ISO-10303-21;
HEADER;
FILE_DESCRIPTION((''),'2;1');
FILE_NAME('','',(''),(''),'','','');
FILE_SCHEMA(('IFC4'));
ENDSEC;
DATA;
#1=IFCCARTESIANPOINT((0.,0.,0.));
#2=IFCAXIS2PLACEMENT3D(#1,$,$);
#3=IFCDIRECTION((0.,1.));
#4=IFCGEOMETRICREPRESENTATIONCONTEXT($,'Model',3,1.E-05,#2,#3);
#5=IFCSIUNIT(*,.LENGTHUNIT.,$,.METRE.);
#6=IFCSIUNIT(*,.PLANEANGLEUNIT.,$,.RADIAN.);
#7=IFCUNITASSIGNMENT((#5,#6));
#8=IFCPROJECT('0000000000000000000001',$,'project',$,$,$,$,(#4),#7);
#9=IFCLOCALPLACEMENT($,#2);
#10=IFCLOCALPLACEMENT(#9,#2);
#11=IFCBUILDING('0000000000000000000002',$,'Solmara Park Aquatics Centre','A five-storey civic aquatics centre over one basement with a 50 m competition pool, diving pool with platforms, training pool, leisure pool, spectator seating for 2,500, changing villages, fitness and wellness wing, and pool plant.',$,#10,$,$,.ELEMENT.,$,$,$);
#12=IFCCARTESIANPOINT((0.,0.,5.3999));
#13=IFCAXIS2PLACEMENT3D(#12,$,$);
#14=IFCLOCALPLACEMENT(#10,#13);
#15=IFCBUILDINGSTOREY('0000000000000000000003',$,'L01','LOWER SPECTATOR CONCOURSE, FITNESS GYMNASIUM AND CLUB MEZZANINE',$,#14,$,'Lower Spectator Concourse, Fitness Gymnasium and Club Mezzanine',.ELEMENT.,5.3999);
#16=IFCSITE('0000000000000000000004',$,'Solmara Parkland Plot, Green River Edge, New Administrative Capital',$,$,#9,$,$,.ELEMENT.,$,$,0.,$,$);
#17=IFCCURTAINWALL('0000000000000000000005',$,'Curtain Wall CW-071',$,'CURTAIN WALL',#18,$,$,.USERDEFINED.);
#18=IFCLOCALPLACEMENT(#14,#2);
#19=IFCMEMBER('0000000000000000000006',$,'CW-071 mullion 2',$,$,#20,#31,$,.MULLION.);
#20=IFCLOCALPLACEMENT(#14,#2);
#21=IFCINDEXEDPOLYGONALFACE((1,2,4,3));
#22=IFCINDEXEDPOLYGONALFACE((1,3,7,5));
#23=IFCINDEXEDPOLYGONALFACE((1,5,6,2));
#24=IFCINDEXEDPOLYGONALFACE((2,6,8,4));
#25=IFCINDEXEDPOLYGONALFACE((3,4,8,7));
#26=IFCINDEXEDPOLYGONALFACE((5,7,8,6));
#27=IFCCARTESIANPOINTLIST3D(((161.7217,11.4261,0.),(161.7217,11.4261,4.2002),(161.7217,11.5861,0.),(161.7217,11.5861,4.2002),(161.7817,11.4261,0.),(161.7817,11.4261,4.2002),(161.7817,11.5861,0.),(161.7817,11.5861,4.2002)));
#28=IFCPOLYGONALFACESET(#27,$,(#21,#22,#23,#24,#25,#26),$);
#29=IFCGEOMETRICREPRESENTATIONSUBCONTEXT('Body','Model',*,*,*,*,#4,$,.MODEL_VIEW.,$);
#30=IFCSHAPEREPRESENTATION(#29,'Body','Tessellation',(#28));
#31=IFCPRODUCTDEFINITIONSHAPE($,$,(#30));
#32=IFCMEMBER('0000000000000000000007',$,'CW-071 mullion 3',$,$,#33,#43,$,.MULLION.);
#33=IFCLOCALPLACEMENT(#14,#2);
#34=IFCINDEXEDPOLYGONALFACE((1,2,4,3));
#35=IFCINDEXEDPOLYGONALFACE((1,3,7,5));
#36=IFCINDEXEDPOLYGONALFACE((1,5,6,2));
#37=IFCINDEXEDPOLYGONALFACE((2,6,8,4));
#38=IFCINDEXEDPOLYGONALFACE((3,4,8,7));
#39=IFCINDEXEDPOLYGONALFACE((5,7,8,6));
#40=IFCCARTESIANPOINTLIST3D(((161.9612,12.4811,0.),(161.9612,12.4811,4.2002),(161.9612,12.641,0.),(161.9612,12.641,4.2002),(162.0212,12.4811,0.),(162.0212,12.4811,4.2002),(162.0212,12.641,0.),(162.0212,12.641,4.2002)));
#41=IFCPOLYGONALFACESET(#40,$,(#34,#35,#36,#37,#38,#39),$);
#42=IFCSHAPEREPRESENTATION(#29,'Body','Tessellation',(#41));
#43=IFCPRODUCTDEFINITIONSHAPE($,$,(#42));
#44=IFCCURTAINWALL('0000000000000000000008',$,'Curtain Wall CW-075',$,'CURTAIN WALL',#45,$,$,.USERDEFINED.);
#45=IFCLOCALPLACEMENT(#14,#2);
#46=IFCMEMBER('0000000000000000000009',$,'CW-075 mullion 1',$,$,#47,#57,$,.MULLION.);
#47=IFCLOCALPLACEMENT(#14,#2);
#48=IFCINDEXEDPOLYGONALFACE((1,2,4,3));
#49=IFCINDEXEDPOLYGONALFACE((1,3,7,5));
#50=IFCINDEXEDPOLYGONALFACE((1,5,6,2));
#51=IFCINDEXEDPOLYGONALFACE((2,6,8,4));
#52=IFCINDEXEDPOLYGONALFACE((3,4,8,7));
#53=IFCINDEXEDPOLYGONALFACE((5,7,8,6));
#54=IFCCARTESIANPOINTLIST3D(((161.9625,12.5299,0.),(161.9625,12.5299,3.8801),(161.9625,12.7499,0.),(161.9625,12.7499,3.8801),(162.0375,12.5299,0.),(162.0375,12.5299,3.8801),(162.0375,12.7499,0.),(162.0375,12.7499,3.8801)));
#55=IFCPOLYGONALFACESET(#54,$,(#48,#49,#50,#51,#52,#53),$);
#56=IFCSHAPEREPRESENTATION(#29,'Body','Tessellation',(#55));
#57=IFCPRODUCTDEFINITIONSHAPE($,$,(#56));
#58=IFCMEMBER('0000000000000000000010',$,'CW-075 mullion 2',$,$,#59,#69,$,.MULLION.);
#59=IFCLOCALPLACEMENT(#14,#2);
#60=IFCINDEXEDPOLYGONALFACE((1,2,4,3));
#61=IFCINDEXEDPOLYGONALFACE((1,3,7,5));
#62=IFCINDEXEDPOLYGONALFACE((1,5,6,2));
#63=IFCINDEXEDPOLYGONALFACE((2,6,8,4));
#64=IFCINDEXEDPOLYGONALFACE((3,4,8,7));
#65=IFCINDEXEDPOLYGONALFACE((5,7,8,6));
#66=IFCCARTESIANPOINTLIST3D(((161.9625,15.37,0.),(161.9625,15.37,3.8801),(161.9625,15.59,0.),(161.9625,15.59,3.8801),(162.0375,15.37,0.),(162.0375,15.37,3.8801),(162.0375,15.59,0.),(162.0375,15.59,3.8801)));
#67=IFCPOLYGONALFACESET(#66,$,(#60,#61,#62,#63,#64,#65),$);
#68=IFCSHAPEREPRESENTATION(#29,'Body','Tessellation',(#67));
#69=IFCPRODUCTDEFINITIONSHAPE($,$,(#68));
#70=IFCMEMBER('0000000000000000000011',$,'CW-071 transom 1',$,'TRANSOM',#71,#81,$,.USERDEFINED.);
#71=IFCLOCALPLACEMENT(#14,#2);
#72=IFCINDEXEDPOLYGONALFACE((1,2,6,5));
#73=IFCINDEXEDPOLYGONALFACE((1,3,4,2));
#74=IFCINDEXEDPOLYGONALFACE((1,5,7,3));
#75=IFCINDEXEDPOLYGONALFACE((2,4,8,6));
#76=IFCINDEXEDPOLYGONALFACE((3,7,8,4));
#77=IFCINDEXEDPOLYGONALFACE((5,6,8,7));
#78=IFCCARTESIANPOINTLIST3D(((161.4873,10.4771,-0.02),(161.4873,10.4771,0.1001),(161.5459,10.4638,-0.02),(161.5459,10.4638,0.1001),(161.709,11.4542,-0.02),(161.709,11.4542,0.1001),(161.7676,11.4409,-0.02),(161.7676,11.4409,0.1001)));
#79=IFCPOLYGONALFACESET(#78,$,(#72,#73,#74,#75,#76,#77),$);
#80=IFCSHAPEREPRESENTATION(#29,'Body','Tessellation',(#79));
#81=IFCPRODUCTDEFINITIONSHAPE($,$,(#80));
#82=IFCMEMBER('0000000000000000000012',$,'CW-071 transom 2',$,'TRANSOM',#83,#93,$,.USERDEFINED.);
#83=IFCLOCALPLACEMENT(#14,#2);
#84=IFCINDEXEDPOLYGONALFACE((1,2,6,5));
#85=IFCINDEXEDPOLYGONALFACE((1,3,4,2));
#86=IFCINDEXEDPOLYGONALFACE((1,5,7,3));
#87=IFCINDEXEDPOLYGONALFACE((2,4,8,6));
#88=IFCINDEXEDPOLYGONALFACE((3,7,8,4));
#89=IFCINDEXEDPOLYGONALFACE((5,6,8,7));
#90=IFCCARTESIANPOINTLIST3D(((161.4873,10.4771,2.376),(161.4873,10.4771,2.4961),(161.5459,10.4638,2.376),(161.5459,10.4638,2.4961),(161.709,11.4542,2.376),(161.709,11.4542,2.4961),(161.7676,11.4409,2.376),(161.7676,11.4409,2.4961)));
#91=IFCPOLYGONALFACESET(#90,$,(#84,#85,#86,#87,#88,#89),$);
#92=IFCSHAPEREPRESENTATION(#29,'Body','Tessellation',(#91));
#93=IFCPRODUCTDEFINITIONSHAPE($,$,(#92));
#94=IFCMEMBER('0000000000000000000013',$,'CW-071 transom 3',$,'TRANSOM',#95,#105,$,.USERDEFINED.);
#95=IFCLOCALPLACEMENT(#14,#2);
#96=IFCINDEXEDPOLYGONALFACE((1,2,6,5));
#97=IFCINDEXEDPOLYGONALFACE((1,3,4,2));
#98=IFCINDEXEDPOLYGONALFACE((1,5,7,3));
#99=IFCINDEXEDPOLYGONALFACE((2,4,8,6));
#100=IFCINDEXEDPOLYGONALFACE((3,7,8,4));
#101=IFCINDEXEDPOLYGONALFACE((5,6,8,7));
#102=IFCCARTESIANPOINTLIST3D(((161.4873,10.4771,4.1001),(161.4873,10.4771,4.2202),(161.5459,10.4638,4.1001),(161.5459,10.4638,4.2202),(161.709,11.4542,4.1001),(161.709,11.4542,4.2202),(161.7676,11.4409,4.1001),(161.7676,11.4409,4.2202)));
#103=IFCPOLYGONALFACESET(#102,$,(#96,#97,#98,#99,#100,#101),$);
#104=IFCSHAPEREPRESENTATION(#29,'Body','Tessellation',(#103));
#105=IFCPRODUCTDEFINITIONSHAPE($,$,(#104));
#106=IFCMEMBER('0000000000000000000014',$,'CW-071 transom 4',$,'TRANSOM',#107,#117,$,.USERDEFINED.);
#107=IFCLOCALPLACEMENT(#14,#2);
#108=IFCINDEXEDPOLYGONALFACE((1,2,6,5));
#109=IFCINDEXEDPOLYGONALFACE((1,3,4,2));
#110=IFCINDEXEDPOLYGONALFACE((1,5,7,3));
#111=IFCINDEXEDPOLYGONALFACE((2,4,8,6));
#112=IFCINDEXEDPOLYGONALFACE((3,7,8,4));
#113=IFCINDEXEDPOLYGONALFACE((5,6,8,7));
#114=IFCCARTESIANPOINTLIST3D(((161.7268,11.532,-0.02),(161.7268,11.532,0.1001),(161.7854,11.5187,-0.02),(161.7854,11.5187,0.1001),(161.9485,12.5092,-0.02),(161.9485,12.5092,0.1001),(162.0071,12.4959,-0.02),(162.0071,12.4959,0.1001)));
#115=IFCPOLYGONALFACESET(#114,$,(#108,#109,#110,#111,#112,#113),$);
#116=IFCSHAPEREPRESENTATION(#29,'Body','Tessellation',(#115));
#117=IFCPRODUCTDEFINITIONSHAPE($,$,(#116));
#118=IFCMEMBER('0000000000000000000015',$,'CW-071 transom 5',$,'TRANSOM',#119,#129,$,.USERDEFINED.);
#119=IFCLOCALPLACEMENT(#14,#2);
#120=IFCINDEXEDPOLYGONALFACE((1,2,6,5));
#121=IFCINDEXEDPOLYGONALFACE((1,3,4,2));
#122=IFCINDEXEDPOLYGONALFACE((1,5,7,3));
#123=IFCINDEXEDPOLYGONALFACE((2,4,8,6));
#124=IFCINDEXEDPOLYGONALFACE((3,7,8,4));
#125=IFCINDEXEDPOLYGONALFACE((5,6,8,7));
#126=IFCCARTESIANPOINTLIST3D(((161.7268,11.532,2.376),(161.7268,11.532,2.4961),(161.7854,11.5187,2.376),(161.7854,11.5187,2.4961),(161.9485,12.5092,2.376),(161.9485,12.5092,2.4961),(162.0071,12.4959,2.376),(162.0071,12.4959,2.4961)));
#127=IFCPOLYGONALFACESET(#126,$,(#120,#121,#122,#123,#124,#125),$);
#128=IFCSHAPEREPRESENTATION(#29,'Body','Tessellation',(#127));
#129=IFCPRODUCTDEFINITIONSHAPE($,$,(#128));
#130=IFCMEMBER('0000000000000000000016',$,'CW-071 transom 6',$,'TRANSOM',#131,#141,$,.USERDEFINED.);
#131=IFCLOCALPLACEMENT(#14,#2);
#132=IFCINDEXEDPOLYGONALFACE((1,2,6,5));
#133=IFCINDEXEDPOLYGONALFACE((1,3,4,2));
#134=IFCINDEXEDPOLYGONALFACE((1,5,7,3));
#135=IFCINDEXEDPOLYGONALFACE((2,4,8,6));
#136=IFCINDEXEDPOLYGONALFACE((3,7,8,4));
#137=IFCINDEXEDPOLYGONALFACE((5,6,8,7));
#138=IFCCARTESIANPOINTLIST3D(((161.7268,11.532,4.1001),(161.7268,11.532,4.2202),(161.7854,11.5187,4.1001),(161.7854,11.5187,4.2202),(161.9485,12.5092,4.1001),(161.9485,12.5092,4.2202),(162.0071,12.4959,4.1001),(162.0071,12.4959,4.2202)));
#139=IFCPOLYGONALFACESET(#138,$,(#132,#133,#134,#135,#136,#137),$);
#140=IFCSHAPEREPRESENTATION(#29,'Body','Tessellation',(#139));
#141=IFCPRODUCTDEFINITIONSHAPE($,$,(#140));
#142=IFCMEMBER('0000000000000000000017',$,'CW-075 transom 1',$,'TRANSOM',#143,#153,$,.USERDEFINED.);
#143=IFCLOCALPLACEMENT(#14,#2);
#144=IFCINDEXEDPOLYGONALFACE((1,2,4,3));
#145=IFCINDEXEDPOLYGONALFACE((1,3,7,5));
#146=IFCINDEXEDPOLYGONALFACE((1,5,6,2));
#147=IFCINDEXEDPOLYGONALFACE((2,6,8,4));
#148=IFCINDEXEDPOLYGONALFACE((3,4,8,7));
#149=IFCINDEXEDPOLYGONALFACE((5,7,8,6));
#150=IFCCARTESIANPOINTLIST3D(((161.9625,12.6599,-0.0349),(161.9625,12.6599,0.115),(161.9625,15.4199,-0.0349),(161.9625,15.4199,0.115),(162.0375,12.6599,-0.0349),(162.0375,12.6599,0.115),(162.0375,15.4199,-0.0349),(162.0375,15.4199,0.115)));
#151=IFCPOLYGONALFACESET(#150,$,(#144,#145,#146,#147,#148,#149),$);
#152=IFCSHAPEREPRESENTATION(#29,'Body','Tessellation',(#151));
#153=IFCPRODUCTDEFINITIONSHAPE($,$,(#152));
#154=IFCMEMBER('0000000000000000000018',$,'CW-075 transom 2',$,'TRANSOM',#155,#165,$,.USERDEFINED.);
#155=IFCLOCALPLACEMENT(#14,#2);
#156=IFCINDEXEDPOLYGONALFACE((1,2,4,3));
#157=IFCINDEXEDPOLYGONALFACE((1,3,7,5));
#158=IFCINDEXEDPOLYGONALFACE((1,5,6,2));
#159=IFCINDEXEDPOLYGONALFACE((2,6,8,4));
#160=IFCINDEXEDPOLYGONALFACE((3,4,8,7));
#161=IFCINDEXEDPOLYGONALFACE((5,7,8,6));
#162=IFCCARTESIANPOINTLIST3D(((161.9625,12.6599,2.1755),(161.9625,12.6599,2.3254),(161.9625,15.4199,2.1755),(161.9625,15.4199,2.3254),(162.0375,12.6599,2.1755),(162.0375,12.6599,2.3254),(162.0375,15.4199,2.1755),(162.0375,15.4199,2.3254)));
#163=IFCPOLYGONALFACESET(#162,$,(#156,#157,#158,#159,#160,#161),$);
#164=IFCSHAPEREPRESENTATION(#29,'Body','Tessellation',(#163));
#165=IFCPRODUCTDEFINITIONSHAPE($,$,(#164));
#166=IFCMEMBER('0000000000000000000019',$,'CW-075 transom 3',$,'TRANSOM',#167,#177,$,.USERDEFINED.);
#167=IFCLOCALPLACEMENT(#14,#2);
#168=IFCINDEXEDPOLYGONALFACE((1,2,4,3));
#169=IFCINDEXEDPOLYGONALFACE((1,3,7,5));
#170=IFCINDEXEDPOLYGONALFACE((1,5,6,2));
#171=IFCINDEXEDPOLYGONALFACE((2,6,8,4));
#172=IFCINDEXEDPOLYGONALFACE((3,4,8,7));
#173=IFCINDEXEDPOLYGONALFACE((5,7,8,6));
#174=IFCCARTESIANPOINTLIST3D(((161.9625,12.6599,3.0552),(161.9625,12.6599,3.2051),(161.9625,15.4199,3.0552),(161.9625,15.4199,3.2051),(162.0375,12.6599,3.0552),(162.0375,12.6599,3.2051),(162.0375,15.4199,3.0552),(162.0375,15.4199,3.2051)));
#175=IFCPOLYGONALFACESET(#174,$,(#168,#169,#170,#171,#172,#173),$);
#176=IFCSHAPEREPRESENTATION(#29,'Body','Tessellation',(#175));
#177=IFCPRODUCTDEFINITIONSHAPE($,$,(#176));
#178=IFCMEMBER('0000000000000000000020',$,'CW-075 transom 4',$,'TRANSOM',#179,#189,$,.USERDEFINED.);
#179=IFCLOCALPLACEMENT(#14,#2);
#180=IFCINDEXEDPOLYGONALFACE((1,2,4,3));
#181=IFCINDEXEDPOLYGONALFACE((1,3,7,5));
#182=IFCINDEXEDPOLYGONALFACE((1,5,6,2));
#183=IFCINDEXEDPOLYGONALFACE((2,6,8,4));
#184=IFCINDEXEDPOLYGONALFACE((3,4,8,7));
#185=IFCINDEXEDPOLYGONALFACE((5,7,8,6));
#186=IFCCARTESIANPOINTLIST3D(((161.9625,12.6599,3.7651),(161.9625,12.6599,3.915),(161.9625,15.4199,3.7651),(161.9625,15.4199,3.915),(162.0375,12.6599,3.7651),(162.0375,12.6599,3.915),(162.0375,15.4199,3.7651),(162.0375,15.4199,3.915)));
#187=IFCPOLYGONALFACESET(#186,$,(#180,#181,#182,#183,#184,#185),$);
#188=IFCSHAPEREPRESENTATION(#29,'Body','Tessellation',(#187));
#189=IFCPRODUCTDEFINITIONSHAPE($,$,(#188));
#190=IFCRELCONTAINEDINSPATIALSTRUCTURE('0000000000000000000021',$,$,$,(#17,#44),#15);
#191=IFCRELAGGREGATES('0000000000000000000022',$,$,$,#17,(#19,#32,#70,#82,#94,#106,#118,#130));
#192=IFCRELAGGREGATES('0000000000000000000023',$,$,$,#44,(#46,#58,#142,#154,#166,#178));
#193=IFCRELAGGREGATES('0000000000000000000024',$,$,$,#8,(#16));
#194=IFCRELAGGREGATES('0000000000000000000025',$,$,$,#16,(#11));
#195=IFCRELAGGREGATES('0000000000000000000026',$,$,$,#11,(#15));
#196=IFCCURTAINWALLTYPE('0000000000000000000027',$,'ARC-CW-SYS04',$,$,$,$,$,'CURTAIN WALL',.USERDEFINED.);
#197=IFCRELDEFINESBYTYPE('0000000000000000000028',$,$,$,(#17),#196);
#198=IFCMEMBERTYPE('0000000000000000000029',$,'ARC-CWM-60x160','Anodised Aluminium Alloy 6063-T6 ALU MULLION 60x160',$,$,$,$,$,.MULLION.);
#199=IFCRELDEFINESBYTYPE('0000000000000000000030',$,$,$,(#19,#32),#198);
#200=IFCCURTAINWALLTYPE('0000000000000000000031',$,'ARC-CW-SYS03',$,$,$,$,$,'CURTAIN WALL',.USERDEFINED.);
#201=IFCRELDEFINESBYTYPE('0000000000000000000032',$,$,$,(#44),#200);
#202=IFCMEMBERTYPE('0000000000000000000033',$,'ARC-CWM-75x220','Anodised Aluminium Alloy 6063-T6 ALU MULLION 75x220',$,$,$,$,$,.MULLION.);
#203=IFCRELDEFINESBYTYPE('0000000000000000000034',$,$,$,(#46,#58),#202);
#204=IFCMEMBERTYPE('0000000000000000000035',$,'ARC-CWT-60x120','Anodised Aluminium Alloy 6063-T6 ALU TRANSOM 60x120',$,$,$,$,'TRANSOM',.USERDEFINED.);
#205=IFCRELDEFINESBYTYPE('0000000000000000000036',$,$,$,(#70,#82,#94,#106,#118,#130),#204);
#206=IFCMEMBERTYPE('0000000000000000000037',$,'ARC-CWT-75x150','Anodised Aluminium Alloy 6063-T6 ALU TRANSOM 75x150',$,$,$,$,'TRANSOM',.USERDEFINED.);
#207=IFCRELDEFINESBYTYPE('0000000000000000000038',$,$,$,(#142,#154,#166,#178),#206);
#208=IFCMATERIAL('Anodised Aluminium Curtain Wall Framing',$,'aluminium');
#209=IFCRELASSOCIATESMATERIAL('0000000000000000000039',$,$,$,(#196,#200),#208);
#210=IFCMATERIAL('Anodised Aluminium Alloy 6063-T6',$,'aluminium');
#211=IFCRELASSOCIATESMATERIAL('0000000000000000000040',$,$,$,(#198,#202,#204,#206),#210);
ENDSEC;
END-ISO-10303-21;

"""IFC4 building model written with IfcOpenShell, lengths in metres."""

from ifc_helpers import new_model, si_unit, direction, frame, origin, origin_2d, place, context, subcontext, project, spatial, rectangle, extrude, material, material_profile, profile_set, type_object, element, aggregate, save


model = new_model("IFC4")

# Units and contexts
model_context = context("Model", 3, precision=1e-05, world=origin(), true_north=direction((0.0, 1.0)))
body_context = subcontext(model_context, "Body", "Model", "MODEL_VIEW")
ifc_project = project(units=[si_unit("LENGTHUNIT", "METRE"), si_unit("PLANEANGLEUNIT", "RADIAN")], contexts=[model_context])

# Site, building, storey
site_placement = place(None, origin())
site = spatial("IfcSite", under=ifc_project, at=site_placement, Name="Solmara Parkland Plot, Green River Edge, New Administrative Capital", CompositionType="ELEMENT", RefElevation=0.0)
building_placement = place(site_placement, origin())
building = spatial("IfcBuilding", under=site, at=building_placement, Name="Solmara Park Aquatics Centre", Description="A five-storey civic aquatics centre over one basement with a 50 m competition pool, diving pool with platforms, training pool, leisure pool, spectator seating for 2,500, changing villages, fitness and wellness wing, and pool plant.", CompositionType="ELEMENT")
storey_placement = place(building_placement, frame((0.0, 0.0, 5.3999)))
storey = spatial("IfcBuildingStorey", under=building, at=storey_placement, Name="L01", Description="LOWER SPECTATOR CONCOURSE, FITNESS GYMNASIUM AND CLUB MEZZANINE", LongName="Lower Spectator Concourse, Fitness Gymnasium and Club Mezzanine", CompositionType="ELEMENT", Elevation=5.3999)

# Shared definitions
ifc_material_1 = material(Name="Anodised Aluminium Curtain Wall Framing", Category="aluminium")
curtain_wall_type_1 = type_object("IfcCurtainWallType", Name="ARC-CW-SYS04", ElementType="CURTAIN WALL", PredefinedType="USERDEFINED", material=ifc_material_1)
ifc_material_2 = material(Name="Anodised Aluminium Alloy 6063-T6", Category="aluminium")
ifc_material_profile_1 = material_profile(ifc_material_2, rectangle(XDim=0.0601, YDim=0.1599, at=origin_2d()), Name="ALU MULLION 60x160")
ifc_profile_set_1 = profile_set([ifc_material_profile_1], Name="Anodised Aluminium Alloy 6063-T6")
member_type_1 = type_object("IfcMemberType", Name="ARC-CWM-60x160", Description="Anodised Aluminium Alloy 6063-T6 ALU MULLION 60x160", PredefinedType="MULLION", material=ifc_profile_set_1)

# Curtain walls, members
curtain_wall_1_placement = place(storey_placement, origin())
curtain_wall_1 = element("IfcCurtainWall", 1, at=curtain_wall_1_placement, inside=storey, type_object=curtain_wall_type_1, Name="Curtain Wall CW-071", ObjectType="CURTAIN WALL", PredefinedType="USERDEFINED")
member_1_placement = place(storey_placement, frame((161.7517, 11.5061, 0.0), z_axis=(0.0, 0.0, 1.0), x_axis=(1.0, 0.0, 0.0)))
member_1 = element("IfcMember", 2, at=member_1_placement, type_object=member_type_1, Name="CW-071 mullion 2", PredefinedType="MULLION", context=body_context, shape_type="SweptSolid", body=[
    extrude(rectangle(XDim=0.0601, YDim=0.1599, at=origin_2d()), origin(), (0.0, 0.0, 1.0), 4.2002),
])
member_2_placement = place(storey_placement, frame((161.9912, 12.561, 0.0), z_axis=(0.0, 0.0, 1.0), x_axis=(1.0, 0.0, 0.0)))
member_2 = element("IfcMember", 3, at=member_2_placement, type_object=member_type_1, Name="CW-071 mullion 3", PredefinedType="MULLION", context=body_context, shape_type="SweptSolid", body=[
    extrude(rectangle(XDim=0.0601, YDim=0.1599, at=origin_2d()), origin(), (0.0, 0.0, 1.0), 4.2002),
])
curtain_wall_type_2 = type_object("IfcCurtainWallType", Name="ARC-CW-SYS03", ElementType="CURTAIN WALL", PredefinedType="USERDEFINED", material=ifc_material_1)
curtain_wall_2_placement = place(storey_placement, origin())
curtain_wall_2 = element("IfcCurtainWall", 4, at=curtain_wall_2_placement, inside=storey, type_object=curtain_wall_type_2, Name="Curtain Wall CW-075", ObjectType="CURTAIN WALL", PredefinedType="USERDEFINED")
ifc_material_profile_2 = material_profile(ifc_material_2, rectangle(XDim=0.075, YDim=0.22, at=origin_2d()), Name="ALU MULLION 75x220")
ifc_profile_set_2 = profile_set([ifc_material_profile_2], Name="Anodised Aluminium Alloy 6063-T6")
member_type_2 = type_object("IfcMemberType", Name="ARC-CWM-75x220", Description="Anodised Aluminium Alloy 6063-T6 ALU MULLION 75x220", PredefinedType="MULLION", material=ifc_profile_set_2)
member_3_placement = place(storey_placement, frame((162.0, 12.6399, 0.0), z_axis=(0.0, 0.0, 1.0), x_axis=(1.0, 0.0, 0.0)))
member_3 = element("IfcMember", 5, at=member_3_placement, type_object=member_type_2, Name="CW-075 mullion 1", PredefinedType="MULLION", context=body_context, shape_type="SweptSolid", body=[
    extrude(rectangle(XDim=0.075, YDim=0.22, at=origin_2d()), origin(), (0.0, 0.0, 1.0), 3.8801),
])
member_4_placement = place(storey_placement, frame((162.0, 15.48, 0.0), z_axis=(0.0, 0.0, 1.0), x_axis=(1.0, 0.0, 0.0)))
member_4 = element("IfcMember", 6, at=member_4_placement, type_object=member_type_2, Name="CW-075 mullion 2", PredefinedType="MULLION", context=body_context, shape_type="SweptSolid", body=[
    extrude(rectangle(XDim=0.075, YDim=0.22, at=origin_2d()), origin(), (0.0, 0.0, 1.0), 3.8801),
])

# Members
ifc_material_profile_3 = material_profile(ifc_material_2, rectangle(XDim=0.0601, YDim=0.1201, at=origin_2d()), Name="ALU TRANSOM 60x120")
ifc_profile_set_3 = profile_set([ifc_material_profile_3], Name="Anodised Aluminium Alloy 6063-T6")
member_type_3 = type_object("IfcMemberType", Name="ARC-CWT-60x120", Description="Anodised Aluminium Alloy 6063-T6 ALU TRANSOM 60x120", ElementType="TRANSOM", PredefinedType="USERDEFINED", material=ifc_profile_set_3)
member_5_placement = place(storey_placement, frame((161.5166, 10.4705, 0.04), z_axis=(0.221263, 0.975214, 0.0), x_axis=(-0.975214, 0.221263, 0.0)))
member_5 = element("IfcMember", 7, at=member_5_placement, type_object=member_type_3, Name="CW-071 transom 1", ObjectType="TRANSOM", PredefinedType="USERDEFINED", context=body_context, shape_type="SweptSolid", body=[
    extrude(rectangle(XDim=0.0601, YDim=0.1201, at=origin_2d()), origin(), (0.0, 0.0, 1.0), 1.002),
])
member_6_placement = place(storey_placement, frame((161.5166, 10.4705, 2.436), z_axis=(0.221263, 0.975214, 0.0), x_axis=(-0.975214, 0.221263, 0.0)))
member_6 = element("IfcMember", 8, at=member_6_placement, type_object=member_type_3, Name="CW-071 transom 2", ObjectType="TRANSOM", PredefinedType="USERDEFINED", context=body_context, shape_type="SweptSolid", body=[
    extrude(rectangle(XDim=0.0601, YDim=0.1201, at=origin_2d()), origin(), (0.0, 0.0, 1.0), 1.002),
])
member_7_placement = place(storey_placement, frame((161.5166, 10.4705, 4.1602), z_axis=(0.221263, 0.975214, 0.0), x_axis=(-0.975214, 0.221263, 0.0)))
member_7 = element("IfcMember", 9, at=member_7_placement, type_object=member_type_3, Name="CW-071 transom 3", ObjectType="TRANSOM", PredefinedType="USERDEFINED", context=body_context, shape_type="SweptSolid", body=[
    extrude(rectangle(XDim=0.0601, YDim=0.1201, at=origin_2d()), origin(), (0.0, 0.0, 1.0), 1.002),
])
member_8_placement = place(storey_placement, frame((161.7561, 11.5254, 0.04), z_axis=(0.221263, 0.975214, 0.0), x_axis=(-0.975214, 0.221263, 0.0)))
member_8 = element("IfcMember", 10, at=member_8_placement, type_object=member_type_3, Name="CW-071 transom 4", ObjectType="TRANSOM", PredefinedType="USERDEFINED", context=body_context, shape_type="SweptSolid", body=[
    extrude(rectangle(XDim=0.0601, YDim=0.1201, at=origin_2d()), origin(), (0.0, 0.0, 1.0), 1.002),
])
member_9_placement = place(storey_placement, frame((161.7561, 11.5254, 2.436), z_axis=(0.221263, 0.975214, 0.0), x_axis=(-0.975214, 0.221263, 0.0)))
member_9 = element("IfcMember", 11, at=member_9_placement, type_object=member_type_3, Name="CW-071 transom 5", ObjectType="TRANSOM", PredefinedType="USERDEFINED", context=body_context, shape_type="SweptSolid", body=[
    extrude(rectangle(XDim=0.0601, YDim=0.1201, at=origin_2d()), origin(), (0.0, 0.0, 1.0), 1.002),
])
member_10_placement = place(storey_placement, frame((161.7561, 11.5254, 4.1602), z_axis=(0.221263, 0.975214, 0.0), x_axis=(-0.975214, 0.221263, 0.0)))
member_10 = element("IfcMember", 12, at=member_10_placement, type_object=member_type_3, Name="CW-071 transom 6", ObjectType="TRANSOM", PredefinedType="USERDEFINED", context=body_context, shape_type="SweptSolid", body=[
    extrude(rectangle(XDim=0.0601, YDim=0.1201, at=origin_2d()), origin(), (0.0, 0.0, 1.0), 1.002),
])
ifc_material_profile_4 = material_profile(ifc_material_2, rectangle(XDim=0.075, YDim=0.1499, at=origin_2d()), Name="ALU TRANSOM 75x150")
ifc_profile_set_4 = profile_set([ifc_material_profile_4], Name="Anodised Aluminium Alloy 6063-T6")
member_type_4 = type_object("IfcMemberType", Name="ARC-CWT-75x150", Description="Anodised Aluminium Alloy 6063-T6 ALU TRANSOM 75x150", ElementType="TRANSOM", PredefinedType="USERDEFINED", material=ifc_profile_set_4)
member_11_placement = place(storey_placement, frame((162.0, 12.6599, 0.04), z_axis=(0.0, 1.0, 0.0), x_axis=(-1.0, 0.0, 0.0)))
member_11 = element("IfcMember", 13, at=member_11_placement, type_object=member_type_4, Name="CW-075 transom 1", ObjectType="TRANSOM", PredefinedType="USERDEFINED", context=body_context, shape_type="SweptSolid", body=[
    extrude(rectangle(XDim=0.075, YDim=0.1499, at=origin_2d()), origin(), (0.0, 0.0, 1.0), 2.76),
])
member_12_placement = place(storey_placement, frame((162.0, 12.6599, 2.2505), z_axis=(0.0, 1.0, 0.0), x_axis=(-1.0, 0.0, 0.0)))
member_12 = element("IfcMember", 14, at=member_12_placement, type_object=member_type_4, Name="CW-075 transom 2", ObjectType="TRANSOM", PredefinedType="USERDEFINED", context=body_context, shape_type="SweptSolid", body=[
    extrude(rectangle(XDim=0.075, YDim=0.1499, at=origin_2d()), origin(), (0.0, 0.0, 1.0), 2.76),
])
member_13_placement = place(storey_placement, frame((162.0, 12.6599, 3.1301), z_axis=(0.0, 1.0, 0.0), x_axis=(-1.0, 0.0, 0.0)))
member_13 = element("IfcMember", 15, at=member_13_placement, type_object=member_type_4, Name="CW-075 transom 3", ObjectType="TRANSOM", PredefinedType="USERDEFINED", context=body_context, shape_type="SweptSolid", body=[
    extrude(rectangle(XDim=0.075, YDim=0.1499, at=origin_2d()), origin(), (0.0, 0.0, 1.0), 2.76),
])
member_14_placement = place(storey_placement, frame((162.0, 12.6599, 3.8401), z_axis=(0.0, 1.0, 0.0), x_axis=(-1.0, 0.0, 0.0)))
member_14 = element("IfcMember", 16, at=member_14_placement, type_object=member_type_4, Name="CW-075 transom 4", ObjectType="TRANSOM", PredefinedType="USERDEFINED", context=body_context, shape_type="SweptSolid", body=[
    extrude(rectangle(XDim=0.075, YDim=0.1499, at=origin_2d()), origin(), (0.0, 0.0, 1.0), 2.76),
])

aggregate(curtain_wall_1, [member_1, member_2, member_5, member_6, member_7, member_8, member_9, member_10])
aggregate(curtain_wall_2, [member_3, member_4, member_11, member_12, member_13, member_14])

save(model, "model.ifc")
